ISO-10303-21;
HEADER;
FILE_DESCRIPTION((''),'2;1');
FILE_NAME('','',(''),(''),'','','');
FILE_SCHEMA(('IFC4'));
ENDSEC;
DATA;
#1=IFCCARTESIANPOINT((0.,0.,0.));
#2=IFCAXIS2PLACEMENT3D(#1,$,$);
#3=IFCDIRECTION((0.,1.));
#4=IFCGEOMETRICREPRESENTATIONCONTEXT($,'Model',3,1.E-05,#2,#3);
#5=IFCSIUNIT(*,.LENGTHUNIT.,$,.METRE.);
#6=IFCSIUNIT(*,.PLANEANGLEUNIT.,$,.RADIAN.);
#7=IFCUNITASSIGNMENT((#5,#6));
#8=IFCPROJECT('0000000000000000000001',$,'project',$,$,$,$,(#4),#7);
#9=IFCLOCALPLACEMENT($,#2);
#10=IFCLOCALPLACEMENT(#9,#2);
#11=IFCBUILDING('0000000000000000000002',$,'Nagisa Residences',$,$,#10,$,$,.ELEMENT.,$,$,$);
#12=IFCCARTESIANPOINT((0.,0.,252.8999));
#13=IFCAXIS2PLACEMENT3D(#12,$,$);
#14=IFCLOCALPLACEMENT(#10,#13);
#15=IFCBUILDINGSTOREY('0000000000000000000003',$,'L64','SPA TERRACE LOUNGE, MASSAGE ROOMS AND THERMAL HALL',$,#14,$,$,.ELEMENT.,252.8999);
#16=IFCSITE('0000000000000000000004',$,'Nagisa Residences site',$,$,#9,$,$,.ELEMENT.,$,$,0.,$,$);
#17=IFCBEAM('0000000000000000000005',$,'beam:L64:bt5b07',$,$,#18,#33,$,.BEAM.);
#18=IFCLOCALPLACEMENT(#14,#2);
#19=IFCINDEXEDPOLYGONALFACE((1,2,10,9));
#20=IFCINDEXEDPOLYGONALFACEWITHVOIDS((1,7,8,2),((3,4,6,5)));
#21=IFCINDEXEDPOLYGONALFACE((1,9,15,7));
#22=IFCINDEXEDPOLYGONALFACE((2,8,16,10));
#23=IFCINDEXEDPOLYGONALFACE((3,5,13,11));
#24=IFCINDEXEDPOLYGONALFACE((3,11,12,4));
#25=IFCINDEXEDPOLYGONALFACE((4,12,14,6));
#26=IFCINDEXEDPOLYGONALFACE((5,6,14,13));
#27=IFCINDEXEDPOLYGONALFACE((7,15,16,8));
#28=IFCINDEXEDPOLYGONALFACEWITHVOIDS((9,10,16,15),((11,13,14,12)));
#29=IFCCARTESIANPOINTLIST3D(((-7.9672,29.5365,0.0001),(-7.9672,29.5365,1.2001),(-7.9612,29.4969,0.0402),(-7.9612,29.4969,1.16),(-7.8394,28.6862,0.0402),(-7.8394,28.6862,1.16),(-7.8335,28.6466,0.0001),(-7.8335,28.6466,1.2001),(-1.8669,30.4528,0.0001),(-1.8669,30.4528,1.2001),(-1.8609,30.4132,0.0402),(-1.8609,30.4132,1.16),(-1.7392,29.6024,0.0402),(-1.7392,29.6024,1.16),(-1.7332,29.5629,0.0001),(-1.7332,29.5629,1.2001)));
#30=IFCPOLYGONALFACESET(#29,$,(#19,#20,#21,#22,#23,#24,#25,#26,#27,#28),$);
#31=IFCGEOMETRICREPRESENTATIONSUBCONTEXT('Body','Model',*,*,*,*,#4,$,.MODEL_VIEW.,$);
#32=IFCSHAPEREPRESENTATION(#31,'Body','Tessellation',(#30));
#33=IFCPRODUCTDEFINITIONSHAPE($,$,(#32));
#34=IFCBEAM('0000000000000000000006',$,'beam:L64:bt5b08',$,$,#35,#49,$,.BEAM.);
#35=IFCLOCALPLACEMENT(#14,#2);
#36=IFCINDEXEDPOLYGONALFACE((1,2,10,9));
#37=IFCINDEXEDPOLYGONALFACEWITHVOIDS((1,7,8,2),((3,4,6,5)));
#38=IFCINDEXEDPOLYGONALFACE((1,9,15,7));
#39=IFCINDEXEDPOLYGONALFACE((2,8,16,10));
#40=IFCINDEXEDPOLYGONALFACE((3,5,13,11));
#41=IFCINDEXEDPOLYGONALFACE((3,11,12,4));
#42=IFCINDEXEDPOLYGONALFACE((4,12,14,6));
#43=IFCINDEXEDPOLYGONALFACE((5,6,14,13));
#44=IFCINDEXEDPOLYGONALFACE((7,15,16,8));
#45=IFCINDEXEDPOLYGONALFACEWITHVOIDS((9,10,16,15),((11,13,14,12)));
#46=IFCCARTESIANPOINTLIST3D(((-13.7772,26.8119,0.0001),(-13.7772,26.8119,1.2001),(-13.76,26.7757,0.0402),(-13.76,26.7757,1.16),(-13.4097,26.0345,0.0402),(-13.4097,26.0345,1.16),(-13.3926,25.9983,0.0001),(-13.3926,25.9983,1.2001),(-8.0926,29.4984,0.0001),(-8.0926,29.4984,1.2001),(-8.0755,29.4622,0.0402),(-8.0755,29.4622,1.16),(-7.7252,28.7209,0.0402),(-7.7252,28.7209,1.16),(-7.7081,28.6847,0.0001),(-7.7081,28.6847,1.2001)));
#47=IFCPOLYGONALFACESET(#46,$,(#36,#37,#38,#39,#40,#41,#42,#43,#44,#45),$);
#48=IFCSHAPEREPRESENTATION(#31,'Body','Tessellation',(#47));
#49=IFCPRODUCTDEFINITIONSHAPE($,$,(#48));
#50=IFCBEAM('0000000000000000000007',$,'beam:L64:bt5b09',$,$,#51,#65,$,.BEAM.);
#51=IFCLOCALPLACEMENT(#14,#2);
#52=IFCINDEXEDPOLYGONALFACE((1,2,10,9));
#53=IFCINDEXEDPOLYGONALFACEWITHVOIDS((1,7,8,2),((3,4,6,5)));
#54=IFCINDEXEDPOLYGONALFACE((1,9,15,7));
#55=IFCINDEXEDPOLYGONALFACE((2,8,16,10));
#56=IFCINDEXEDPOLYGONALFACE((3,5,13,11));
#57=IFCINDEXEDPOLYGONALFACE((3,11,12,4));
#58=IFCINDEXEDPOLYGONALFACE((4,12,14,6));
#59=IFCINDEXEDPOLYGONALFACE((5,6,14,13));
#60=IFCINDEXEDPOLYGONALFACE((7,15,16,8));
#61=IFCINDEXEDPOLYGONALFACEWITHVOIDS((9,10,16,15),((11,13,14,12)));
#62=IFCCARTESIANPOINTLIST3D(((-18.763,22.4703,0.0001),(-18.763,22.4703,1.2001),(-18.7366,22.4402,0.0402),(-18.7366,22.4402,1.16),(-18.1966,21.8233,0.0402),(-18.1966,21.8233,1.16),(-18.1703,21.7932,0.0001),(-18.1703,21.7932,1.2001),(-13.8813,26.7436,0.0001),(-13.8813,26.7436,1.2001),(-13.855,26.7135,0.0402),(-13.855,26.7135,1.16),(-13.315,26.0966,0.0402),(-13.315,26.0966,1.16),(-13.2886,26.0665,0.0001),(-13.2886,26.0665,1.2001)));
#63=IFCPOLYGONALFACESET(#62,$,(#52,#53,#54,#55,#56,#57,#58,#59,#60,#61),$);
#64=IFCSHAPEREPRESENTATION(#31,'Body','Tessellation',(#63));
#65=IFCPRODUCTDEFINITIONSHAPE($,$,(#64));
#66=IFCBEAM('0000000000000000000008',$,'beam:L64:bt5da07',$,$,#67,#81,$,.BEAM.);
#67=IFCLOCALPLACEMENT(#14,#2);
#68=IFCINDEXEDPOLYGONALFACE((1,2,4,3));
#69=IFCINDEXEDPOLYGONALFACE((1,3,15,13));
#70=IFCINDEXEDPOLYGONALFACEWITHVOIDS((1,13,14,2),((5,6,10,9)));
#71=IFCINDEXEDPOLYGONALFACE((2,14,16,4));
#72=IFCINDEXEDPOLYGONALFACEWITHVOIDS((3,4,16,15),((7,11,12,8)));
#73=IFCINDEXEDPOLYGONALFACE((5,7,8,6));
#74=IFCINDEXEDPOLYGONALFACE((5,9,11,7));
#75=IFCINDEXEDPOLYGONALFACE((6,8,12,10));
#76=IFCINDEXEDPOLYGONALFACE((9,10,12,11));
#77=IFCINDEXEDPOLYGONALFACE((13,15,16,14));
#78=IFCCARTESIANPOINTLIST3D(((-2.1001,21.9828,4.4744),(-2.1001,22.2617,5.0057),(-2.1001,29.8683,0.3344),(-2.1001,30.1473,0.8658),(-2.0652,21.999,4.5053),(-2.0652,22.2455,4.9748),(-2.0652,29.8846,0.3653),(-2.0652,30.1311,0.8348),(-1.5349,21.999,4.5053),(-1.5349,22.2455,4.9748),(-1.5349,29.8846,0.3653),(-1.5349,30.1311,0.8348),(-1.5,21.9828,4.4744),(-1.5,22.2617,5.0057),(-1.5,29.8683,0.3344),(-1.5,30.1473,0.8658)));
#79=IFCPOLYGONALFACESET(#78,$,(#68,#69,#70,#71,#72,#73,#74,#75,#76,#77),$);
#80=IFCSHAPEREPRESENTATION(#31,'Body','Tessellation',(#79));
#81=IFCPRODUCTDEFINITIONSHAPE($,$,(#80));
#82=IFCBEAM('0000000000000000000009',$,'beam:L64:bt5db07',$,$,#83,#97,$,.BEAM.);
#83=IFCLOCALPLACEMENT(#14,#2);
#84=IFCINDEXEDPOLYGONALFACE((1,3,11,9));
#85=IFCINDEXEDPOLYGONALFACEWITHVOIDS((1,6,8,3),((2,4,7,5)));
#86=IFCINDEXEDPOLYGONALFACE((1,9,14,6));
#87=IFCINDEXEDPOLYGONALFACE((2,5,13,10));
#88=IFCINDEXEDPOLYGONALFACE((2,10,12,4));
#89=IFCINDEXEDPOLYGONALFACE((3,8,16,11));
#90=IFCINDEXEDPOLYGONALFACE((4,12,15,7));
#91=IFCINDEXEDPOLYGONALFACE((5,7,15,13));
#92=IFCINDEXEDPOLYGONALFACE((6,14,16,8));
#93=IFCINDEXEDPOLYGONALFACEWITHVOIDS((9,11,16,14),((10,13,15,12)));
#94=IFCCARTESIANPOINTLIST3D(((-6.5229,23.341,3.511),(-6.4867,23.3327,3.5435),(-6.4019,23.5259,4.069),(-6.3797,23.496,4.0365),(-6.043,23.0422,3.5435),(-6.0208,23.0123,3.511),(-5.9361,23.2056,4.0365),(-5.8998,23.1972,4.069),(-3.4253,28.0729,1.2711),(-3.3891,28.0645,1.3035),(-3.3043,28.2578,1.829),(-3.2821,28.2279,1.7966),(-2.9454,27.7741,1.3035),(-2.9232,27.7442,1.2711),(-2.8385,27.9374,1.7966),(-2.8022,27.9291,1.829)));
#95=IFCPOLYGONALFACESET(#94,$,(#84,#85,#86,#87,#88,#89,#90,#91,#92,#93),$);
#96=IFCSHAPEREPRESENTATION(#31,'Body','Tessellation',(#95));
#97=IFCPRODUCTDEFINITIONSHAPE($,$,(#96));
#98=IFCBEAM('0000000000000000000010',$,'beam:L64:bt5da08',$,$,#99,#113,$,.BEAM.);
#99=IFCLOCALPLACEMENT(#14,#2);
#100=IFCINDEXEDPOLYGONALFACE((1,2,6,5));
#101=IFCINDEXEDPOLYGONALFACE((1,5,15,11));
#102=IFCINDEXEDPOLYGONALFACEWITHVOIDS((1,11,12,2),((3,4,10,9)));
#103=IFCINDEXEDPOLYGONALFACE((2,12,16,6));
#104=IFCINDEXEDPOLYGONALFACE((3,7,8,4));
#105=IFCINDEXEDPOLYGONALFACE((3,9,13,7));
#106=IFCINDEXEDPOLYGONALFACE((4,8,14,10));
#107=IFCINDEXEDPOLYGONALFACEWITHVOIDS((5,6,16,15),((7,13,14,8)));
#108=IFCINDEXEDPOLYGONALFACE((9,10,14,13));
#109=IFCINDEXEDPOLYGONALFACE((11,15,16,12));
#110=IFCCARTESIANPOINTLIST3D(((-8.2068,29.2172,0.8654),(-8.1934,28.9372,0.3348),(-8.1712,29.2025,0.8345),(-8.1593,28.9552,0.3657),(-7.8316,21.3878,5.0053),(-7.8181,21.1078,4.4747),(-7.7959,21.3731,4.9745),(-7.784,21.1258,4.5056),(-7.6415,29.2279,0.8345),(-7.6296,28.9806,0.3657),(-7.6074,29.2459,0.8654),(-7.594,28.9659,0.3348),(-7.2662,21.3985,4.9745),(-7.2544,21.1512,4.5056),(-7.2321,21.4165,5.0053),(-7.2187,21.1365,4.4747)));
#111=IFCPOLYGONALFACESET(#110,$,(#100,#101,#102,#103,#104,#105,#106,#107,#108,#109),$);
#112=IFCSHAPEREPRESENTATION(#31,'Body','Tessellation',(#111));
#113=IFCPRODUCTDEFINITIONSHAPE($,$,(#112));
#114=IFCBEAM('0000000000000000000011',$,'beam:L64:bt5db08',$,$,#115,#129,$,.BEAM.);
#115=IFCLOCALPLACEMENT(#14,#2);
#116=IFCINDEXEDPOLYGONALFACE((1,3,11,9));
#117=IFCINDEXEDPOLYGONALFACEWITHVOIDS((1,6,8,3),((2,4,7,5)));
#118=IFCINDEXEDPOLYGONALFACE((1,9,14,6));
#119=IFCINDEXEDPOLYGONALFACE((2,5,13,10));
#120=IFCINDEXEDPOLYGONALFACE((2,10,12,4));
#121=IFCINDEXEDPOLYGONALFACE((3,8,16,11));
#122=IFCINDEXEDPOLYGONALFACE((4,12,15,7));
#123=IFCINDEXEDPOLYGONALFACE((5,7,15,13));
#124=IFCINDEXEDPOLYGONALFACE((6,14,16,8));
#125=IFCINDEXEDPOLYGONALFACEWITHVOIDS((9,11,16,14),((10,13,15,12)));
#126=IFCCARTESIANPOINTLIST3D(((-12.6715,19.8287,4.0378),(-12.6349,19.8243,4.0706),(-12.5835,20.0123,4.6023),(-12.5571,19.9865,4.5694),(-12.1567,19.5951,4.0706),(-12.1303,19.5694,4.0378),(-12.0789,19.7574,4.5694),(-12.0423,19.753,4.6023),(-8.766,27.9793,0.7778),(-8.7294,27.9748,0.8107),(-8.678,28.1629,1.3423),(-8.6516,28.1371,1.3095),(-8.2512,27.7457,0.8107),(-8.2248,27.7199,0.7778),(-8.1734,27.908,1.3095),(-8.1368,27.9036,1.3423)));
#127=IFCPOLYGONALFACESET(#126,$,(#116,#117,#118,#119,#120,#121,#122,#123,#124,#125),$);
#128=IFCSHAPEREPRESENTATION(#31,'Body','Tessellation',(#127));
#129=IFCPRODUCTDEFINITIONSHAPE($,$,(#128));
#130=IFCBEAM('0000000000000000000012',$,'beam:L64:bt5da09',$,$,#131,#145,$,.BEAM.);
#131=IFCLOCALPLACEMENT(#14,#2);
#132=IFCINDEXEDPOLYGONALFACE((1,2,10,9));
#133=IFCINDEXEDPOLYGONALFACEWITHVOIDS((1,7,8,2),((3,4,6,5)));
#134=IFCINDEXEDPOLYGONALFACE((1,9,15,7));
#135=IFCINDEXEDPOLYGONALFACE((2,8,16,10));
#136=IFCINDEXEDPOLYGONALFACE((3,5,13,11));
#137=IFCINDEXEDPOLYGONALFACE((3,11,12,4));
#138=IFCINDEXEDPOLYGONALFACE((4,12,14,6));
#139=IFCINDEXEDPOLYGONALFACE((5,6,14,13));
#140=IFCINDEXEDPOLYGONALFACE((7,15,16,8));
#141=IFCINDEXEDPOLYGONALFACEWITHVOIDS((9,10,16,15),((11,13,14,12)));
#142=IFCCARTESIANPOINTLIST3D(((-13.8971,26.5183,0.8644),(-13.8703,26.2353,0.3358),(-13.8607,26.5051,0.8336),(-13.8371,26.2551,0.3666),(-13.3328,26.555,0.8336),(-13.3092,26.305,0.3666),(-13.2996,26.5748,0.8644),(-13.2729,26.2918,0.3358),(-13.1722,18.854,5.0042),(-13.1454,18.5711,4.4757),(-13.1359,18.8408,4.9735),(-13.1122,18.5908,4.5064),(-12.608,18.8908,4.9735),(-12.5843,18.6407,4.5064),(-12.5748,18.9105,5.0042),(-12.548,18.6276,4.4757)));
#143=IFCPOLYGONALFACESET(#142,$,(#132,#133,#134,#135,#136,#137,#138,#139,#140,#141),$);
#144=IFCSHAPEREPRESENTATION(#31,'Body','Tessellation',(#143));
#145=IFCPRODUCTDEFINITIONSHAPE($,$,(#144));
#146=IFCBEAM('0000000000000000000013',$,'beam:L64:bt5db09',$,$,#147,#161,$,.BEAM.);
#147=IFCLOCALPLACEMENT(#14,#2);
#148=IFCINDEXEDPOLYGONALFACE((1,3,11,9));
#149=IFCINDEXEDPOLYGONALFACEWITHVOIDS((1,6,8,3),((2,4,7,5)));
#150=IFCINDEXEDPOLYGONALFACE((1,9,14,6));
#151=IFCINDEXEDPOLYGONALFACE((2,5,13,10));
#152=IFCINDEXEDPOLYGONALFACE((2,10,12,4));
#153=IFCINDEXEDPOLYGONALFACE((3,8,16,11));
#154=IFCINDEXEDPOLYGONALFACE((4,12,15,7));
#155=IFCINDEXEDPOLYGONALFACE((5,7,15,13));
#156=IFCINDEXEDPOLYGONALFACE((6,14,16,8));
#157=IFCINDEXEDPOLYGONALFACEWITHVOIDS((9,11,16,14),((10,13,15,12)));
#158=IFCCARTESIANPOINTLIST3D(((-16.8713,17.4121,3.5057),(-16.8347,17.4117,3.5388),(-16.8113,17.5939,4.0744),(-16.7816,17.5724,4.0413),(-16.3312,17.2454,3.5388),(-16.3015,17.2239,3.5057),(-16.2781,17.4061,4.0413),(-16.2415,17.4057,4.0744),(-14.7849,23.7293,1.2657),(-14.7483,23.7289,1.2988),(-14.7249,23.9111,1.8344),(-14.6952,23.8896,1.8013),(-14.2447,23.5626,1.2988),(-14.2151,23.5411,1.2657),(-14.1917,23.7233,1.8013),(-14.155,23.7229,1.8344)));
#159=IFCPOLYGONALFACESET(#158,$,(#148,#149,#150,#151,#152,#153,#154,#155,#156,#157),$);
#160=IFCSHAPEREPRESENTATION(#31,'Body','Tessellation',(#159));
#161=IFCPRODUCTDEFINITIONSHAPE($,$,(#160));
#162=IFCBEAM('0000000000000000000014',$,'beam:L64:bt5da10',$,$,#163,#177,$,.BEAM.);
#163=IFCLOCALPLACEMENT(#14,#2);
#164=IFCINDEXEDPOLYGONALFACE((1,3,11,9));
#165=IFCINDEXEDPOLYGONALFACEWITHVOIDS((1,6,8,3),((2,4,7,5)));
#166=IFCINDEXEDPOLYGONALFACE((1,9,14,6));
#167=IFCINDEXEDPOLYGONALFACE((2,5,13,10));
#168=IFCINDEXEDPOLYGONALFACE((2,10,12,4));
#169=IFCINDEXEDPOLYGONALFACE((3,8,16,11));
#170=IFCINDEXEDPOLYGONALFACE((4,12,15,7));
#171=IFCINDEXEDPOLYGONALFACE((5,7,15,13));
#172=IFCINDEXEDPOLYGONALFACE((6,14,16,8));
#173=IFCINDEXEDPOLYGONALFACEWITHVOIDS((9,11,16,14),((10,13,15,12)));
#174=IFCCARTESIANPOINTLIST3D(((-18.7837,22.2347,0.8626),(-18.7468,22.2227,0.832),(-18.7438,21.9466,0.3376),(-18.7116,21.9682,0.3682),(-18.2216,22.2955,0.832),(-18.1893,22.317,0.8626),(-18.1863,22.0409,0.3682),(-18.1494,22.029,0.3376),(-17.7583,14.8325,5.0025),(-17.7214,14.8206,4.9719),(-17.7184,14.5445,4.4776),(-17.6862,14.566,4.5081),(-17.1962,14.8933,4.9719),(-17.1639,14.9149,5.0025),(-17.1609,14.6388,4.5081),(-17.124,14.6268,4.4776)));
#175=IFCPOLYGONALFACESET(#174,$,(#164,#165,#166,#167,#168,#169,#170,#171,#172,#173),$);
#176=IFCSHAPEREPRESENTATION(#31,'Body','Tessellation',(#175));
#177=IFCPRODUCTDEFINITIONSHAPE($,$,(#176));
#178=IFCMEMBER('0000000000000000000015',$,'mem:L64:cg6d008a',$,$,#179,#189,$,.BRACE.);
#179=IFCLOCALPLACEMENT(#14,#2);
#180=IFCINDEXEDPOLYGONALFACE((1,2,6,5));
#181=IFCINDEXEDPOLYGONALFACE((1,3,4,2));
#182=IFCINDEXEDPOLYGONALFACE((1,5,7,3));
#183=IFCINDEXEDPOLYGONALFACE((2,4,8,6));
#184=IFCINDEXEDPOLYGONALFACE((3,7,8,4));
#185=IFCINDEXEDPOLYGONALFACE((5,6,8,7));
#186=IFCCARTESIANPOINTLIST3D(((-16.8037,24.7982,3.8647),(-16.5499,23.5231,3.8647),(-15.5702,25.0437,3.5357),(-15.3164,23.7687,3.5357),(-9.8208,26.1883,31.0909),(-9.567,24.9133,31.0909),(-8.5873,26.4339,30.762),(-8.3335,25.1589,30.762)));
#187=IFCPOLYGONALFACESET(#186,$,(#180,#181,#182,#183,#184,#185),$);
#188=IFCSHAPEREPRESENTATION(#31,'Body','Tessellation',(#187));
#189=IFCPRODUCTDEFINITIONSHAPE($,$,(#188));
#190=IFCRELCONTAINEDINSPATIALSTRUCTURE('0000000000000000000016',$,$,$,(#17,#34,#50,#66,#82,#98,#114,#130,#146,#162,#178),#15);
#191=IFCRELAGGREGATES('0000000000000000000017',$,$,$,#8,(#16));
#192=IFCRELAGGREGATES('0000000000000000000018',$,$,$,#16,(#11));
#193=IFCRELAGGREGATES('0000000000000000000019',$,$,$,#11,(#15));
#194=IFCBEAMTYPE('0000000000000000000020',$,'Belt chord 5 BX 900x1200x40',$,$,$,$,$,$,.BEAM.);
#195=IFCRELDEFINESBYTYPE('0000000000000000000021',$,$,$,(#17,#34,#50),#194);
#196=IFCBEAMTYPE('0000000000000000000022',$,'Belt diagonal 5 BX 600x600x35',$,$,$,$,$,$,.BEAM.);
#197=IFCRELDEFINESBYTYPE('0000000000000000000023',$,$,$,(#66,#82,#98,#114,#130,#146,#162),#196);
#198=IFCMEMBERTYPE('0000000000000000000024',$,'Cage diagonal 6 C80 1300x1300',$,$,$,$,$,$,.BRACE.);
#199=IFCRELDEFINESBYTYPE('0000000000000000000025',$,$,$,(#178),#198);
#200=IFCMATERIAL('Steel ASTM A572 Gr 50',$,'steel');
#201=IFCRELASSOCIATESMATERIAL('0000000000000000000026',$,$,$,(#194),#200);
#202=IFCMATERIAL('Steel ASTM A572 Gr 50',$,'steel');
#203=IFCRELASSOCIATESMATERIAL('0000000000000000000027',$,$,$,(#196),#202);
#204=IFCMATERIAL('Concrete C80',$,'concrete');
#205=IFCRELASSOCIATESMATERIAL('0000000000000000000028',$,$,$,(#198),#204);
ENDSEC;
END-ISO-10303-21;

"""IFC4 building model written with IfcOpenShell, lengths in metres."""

from ifc_helpers import new_model, si_unit, direction, frame, origin, origin_2d, place, context, subcontext, project, spatial, rectangle, hollow_rectangle, extrude, material, material_profile, profile_set, type_object, element, save


model = new_model("IFC4")

# Units and contexts
model_context = context("Model", 3, precision=1e-05, world=origin(), true_north=direction((0.0, 1.0)))
body_context = subcontext(model_context, "Body", "Model", "MODEL_VIEW")
ifc_project = project(units=[si_unit("LENGTHUNIT", "METRE"), si_unit("PLANEANGLEUNIT", "RADIAN")], contexts=[model_context])

# Site, building, storey
site_placement = place(None, origin())
site = spatial("IfcSite", under=ifc_project, at=site_placement, Name="Nagisa Residences site", CompositionType="ELEMENT", RefElevation=0.0)
building_placement = place(site_placement, origin())
building = spatial("IfcBuilding", under=site, at=building_placement, Name="Nagisa Residences", CompositionType="ELEMENT")
storey_placement = place(building_placement, frame((0.0, 0.0, 252.8999)))
storey = spatial("IfcBuildingStorey", under=building, at=storey_placement, Name="L64", Description="SPA TERRACE LOUNGE, MASSAGE ROOMS AND THERMAL HALL", CompositionType="ELEMENT", Elevation=252.8999)

# Beams
ifc_material_1 = material(Name="Steel ASTM A572 Gr 50", Category="steel")
ifc_material_profile_1 = material_profile(ifc_material_1, hollow_rectangle(XDim=0.8999, YDim=1.2, WallThickness=0.04, at=origin_2d()), Name="BX 900x1200x40")
ifc_profile_set_1 = profile_set([ifc_material_profile_1], Name="Steel ASTM A572 Gr 50")
beam_type_1 = type_object("IfcBeamType", Name="Belt chord 5 BX 900x1200x40", PredefinedType="BEAM", material=ifc_profile_set_1)
beam_1_placement = place(storey_placement, frame((-1.8, 30.0078, 0.6001), z_axis=(-0.988908, -0.148532, 0.0), x_axis=(0.148532, -0.988908, 0.0)))
element("IfcBeam", 1, at=beam_1_placement, inside=storey, type_object=beam_type_1, Name="beam:L64:bt5b07", PredefinedType="BEAM", context=body_context, shape_type="SweptSolid", body=[
    extrude(hollow_rectangle(XDim=0.8999, YDim=1.2, WallThickness=0.04, at=origin_2d()), origin(), (0.0, 0.0, 1.0), 6.1687),
])
beam_2_placement = place(storey_placement, frame((-7.9004, 29.0916, 0.6001), z_axis=(-0.904117, -0.427285, 0.0), x_axis=(0.427285, -0.904117, 0.0)))
element("IfcBeam", 2, at=beam_2_placement, inside=storey, type_object=beam_type_1, Name="beam:L64:bt5b08", PredefinedType="BEAM", context=body_context, shape_type="SweptSolid", body=[
    extrude(hollow_rectangle(XDim=0.8999, YDim=1.2, WallThickness=0.04, at=origin_2d()), origin(), (0.0, 0.0, 1.0), 6.2874),
])
beam_3_placement = place(storey_placement, frame((-13.585, 26.405, 0.6001), z_axis=(-0.752439, -0.658662, 0.0), x_axis=(0.658662, -0.752439, 0.0)))
element("IfcBeam", 3, at=beam_3_placement, inside=storey, type_object=beam_type_1, Name="beam:L64:bt5b09", PredefinedType="BEAM", context=body_context, shape_type="SweptSolid", body=[
    extrude(hollow_rectangle(XDim=0.8999, YDim=1.2, WallThickness=0.04, at=origin_2d()), origin(), (0.0, 0.0, 1.0), 6.4878),
])
ifc_material_2 = material(Name="Steel ASTM A572 Gr 50", Category="steel")
ifc_material_profile_2 = material_profile(ifc_material_2, hollow_rectangle(XDim=0.6001, YDim=0.6001, WallThickness=0.0349, at=origin_2d()), Name="BX 600x600x35")
ifc_profile_set_2 = profile_set([ifc_material_profile_2], Name="Steel ASTM A572 Gr 50")
beam_type_2 = type_object("IfcBeamType", Name="Belt diagonal 5 BX 600x600x35", PredefinedType="BEAM", material=ifc_profile_set_2)
beam_4_placement = place(storey_placement, frame((-1.8, 30.0078, 0.6001), z_axis=(0.0, -0.885398, 0.464834), x_axis=(1.0, 0.0, 0.0)))
element("IfcBeam", 4, at=beam_4_placement, inside=storey, type_object=beam_type_2, Name="beam:L64:bt5da07", PredefinedType="BEAM", context=body_context, shape_type="SweptSolid", body=[
    extrude(hollow_rectangle(XDim=0.6001, YDim=0.6001, WallThickness=0.0349, at=origin_2d()), origin(), (0.0, 0.0, 1.0), 8.9062),
])
beam_5_placement = place(storey_placement, frame((-3.1138, 28.001, 1.55), z_axis=(-0.509222, -0.777881, 0.368231), x_axis=(0.83667, -0.547708, 0.0)))
element("IfcBeam", 5, at=beam_5_placement, inside=storey, type_object=beam_type_2, Name="beam:L64:bt5db07", PredefinedType="BEAM", context=body_context, shape_type="SweptSolid", body=[
    extrude(hollow_rectangle(XDim=0.6001, YDim=0.6001, WallThickness=0.0349, at=origin_2d()), origin(), (0.0, 0.0, 1.0), 6.083),
])
beam_6_placement = place(storey_placement, frame((-7.9004, 29.0916, 0.6001), z_axis=(0.042331, -0.883231, 0.467023), x_axis=(0.998853, 0.047873, 0.0)))
element("IfcBeam", 6, at=beam_6_placement, inside=storey, type_object=beam_type_2, Name="beam:L64:bt5da08", PredefinedType="BEAM", context=body_context, shape_type="SweptSolid", body=[
    extrude(hollow_rectangle(XDim=0.6001, YDim=0.6001, WallThickness=0.0349, at=origin_2d()), origin(), (0.0, 0.0, 1.0), 8.8645),
])
beam_7_placement = place(storey_placement, frame((-8.4514, 27.9414, 1.0601), z_axis=(-0.406486, -0.848318, 0.339302), x_axis=(0.901816, -0.432121, 0.0)))
element("IfcBeam", 7, at=beam_7_placement, inside=storey, type_object=beam_type_2, Name="beam:L64:bt5db08", PredefinedType="BEAM", context=body_context, shape_type="SweptSolid", body=[
    extrude(hollow_rectangle(XDim=0.6001, YDim=0.6001, WallThickness=0.0349, at=origin_2d()), origin(), (0.0, 0.0, 1.0), 9.6079),
])
beam_8_placement = place(storey_placement, frame((-13.585, 26.405, 0.6001), z_axis=(0.082925, -0.876819, 0.473616), x_axis=(0.995558, 0.094155, 0.0)))
element("IfcBeam", 8, at=beam_8_placement, inside=storey, type_object=beam_type_2, Name="beam:L64:bt5da09", PredefinedType="BEAM", context=body_context, shape_type="SweptSolid", body=[
    extrude(hollow_rectangle(XDim=0.6001, YDim=0.6001, WallThickness=0.0349, at=origin_2d()), origin(), (0.0, 0.0, 1.0), 8.741),
])
beam_9_placement = place(storey_placement, frame((-14.47, 23.7261, 1.55), z_axis=(-0.297222, -0.899909, 0.319098), x_axis=(0.949549, -0.313617, 0.0)))
element("IfcBeam", 9, at=beam_9_placement, inside=storey, type_object=beam_type_2, Name="beam:L64:bt5db09", PredefinedType="BEAM", context=body_context, shape_type="SweptSolid", body=[
    extrude(hollow_rectangle(XDim=0.6001, YDim=0.6001, WallThickness=0.0349, at=origin_2d()), origin(), (0.0, 0.0, 1.0), 7.0198),
])
beam_10_placement = place(storey_placement, frame((-18.4666, 22.1318, 0.6001), z_axis=(0.120028, -0.866462, 0.4846), x_axis=(0.990541, 0.137217, 0.0)))
element("IfcBeam", 10, at=beam_10_placement, inside=storey, type_object=beam_type_2, Name="beam:L64:bt5da10", PredefinedType="BEAM", context=body_context, shape_type="SweptSolid", body=[
    extrude(hollow_rectangle(XDim=0.6001, YDim=0.6001, WallThickness=0.0349, at=origin_2d()), origin(), (0.0, 0.0, 1.0), 8.543),
])

# Member
ifc_material_3 = material(Name="Concrete C80", Category="concrete")
ifc_material_profile_3 = material_profile(ifc_material_3, rectangle(XDim=1.3, YDim=1.3, at=origin_2d()), Name="C80 1300x1300")
ifc_profile_set_3 = profile_set([ifc_material_profile_3], Name="Concrete C80")
member_type_1 = type_object("IfcMemberType", Name="Cage diagonal 6 C80 1300x1300", PredefinedType="BRACE", material=ifc_profile_set_3)
member_1_placement = place(storey_placement, frame((-16.0601, 24.2834, 3.7002), z_axis=(0.248132, 0.049397, 0.967466), x_axis=(-0.195246, 0.980754, 0.0)))
element("IfcMember", 11, at=member_1_placement, inside=storey, type_object=member_type_1, Name="mem:L64:cg6d008a", PredefinedType="BRACE", context=body_context, shape_type="SweptSolid", body=[
    extrude(rectangle(XDim=1.3, YDim=1.3, at=origin_2d()), origin(), (0.0, 0.0, 1.0), 28.1418),
])

save(model, "model.ifc")
